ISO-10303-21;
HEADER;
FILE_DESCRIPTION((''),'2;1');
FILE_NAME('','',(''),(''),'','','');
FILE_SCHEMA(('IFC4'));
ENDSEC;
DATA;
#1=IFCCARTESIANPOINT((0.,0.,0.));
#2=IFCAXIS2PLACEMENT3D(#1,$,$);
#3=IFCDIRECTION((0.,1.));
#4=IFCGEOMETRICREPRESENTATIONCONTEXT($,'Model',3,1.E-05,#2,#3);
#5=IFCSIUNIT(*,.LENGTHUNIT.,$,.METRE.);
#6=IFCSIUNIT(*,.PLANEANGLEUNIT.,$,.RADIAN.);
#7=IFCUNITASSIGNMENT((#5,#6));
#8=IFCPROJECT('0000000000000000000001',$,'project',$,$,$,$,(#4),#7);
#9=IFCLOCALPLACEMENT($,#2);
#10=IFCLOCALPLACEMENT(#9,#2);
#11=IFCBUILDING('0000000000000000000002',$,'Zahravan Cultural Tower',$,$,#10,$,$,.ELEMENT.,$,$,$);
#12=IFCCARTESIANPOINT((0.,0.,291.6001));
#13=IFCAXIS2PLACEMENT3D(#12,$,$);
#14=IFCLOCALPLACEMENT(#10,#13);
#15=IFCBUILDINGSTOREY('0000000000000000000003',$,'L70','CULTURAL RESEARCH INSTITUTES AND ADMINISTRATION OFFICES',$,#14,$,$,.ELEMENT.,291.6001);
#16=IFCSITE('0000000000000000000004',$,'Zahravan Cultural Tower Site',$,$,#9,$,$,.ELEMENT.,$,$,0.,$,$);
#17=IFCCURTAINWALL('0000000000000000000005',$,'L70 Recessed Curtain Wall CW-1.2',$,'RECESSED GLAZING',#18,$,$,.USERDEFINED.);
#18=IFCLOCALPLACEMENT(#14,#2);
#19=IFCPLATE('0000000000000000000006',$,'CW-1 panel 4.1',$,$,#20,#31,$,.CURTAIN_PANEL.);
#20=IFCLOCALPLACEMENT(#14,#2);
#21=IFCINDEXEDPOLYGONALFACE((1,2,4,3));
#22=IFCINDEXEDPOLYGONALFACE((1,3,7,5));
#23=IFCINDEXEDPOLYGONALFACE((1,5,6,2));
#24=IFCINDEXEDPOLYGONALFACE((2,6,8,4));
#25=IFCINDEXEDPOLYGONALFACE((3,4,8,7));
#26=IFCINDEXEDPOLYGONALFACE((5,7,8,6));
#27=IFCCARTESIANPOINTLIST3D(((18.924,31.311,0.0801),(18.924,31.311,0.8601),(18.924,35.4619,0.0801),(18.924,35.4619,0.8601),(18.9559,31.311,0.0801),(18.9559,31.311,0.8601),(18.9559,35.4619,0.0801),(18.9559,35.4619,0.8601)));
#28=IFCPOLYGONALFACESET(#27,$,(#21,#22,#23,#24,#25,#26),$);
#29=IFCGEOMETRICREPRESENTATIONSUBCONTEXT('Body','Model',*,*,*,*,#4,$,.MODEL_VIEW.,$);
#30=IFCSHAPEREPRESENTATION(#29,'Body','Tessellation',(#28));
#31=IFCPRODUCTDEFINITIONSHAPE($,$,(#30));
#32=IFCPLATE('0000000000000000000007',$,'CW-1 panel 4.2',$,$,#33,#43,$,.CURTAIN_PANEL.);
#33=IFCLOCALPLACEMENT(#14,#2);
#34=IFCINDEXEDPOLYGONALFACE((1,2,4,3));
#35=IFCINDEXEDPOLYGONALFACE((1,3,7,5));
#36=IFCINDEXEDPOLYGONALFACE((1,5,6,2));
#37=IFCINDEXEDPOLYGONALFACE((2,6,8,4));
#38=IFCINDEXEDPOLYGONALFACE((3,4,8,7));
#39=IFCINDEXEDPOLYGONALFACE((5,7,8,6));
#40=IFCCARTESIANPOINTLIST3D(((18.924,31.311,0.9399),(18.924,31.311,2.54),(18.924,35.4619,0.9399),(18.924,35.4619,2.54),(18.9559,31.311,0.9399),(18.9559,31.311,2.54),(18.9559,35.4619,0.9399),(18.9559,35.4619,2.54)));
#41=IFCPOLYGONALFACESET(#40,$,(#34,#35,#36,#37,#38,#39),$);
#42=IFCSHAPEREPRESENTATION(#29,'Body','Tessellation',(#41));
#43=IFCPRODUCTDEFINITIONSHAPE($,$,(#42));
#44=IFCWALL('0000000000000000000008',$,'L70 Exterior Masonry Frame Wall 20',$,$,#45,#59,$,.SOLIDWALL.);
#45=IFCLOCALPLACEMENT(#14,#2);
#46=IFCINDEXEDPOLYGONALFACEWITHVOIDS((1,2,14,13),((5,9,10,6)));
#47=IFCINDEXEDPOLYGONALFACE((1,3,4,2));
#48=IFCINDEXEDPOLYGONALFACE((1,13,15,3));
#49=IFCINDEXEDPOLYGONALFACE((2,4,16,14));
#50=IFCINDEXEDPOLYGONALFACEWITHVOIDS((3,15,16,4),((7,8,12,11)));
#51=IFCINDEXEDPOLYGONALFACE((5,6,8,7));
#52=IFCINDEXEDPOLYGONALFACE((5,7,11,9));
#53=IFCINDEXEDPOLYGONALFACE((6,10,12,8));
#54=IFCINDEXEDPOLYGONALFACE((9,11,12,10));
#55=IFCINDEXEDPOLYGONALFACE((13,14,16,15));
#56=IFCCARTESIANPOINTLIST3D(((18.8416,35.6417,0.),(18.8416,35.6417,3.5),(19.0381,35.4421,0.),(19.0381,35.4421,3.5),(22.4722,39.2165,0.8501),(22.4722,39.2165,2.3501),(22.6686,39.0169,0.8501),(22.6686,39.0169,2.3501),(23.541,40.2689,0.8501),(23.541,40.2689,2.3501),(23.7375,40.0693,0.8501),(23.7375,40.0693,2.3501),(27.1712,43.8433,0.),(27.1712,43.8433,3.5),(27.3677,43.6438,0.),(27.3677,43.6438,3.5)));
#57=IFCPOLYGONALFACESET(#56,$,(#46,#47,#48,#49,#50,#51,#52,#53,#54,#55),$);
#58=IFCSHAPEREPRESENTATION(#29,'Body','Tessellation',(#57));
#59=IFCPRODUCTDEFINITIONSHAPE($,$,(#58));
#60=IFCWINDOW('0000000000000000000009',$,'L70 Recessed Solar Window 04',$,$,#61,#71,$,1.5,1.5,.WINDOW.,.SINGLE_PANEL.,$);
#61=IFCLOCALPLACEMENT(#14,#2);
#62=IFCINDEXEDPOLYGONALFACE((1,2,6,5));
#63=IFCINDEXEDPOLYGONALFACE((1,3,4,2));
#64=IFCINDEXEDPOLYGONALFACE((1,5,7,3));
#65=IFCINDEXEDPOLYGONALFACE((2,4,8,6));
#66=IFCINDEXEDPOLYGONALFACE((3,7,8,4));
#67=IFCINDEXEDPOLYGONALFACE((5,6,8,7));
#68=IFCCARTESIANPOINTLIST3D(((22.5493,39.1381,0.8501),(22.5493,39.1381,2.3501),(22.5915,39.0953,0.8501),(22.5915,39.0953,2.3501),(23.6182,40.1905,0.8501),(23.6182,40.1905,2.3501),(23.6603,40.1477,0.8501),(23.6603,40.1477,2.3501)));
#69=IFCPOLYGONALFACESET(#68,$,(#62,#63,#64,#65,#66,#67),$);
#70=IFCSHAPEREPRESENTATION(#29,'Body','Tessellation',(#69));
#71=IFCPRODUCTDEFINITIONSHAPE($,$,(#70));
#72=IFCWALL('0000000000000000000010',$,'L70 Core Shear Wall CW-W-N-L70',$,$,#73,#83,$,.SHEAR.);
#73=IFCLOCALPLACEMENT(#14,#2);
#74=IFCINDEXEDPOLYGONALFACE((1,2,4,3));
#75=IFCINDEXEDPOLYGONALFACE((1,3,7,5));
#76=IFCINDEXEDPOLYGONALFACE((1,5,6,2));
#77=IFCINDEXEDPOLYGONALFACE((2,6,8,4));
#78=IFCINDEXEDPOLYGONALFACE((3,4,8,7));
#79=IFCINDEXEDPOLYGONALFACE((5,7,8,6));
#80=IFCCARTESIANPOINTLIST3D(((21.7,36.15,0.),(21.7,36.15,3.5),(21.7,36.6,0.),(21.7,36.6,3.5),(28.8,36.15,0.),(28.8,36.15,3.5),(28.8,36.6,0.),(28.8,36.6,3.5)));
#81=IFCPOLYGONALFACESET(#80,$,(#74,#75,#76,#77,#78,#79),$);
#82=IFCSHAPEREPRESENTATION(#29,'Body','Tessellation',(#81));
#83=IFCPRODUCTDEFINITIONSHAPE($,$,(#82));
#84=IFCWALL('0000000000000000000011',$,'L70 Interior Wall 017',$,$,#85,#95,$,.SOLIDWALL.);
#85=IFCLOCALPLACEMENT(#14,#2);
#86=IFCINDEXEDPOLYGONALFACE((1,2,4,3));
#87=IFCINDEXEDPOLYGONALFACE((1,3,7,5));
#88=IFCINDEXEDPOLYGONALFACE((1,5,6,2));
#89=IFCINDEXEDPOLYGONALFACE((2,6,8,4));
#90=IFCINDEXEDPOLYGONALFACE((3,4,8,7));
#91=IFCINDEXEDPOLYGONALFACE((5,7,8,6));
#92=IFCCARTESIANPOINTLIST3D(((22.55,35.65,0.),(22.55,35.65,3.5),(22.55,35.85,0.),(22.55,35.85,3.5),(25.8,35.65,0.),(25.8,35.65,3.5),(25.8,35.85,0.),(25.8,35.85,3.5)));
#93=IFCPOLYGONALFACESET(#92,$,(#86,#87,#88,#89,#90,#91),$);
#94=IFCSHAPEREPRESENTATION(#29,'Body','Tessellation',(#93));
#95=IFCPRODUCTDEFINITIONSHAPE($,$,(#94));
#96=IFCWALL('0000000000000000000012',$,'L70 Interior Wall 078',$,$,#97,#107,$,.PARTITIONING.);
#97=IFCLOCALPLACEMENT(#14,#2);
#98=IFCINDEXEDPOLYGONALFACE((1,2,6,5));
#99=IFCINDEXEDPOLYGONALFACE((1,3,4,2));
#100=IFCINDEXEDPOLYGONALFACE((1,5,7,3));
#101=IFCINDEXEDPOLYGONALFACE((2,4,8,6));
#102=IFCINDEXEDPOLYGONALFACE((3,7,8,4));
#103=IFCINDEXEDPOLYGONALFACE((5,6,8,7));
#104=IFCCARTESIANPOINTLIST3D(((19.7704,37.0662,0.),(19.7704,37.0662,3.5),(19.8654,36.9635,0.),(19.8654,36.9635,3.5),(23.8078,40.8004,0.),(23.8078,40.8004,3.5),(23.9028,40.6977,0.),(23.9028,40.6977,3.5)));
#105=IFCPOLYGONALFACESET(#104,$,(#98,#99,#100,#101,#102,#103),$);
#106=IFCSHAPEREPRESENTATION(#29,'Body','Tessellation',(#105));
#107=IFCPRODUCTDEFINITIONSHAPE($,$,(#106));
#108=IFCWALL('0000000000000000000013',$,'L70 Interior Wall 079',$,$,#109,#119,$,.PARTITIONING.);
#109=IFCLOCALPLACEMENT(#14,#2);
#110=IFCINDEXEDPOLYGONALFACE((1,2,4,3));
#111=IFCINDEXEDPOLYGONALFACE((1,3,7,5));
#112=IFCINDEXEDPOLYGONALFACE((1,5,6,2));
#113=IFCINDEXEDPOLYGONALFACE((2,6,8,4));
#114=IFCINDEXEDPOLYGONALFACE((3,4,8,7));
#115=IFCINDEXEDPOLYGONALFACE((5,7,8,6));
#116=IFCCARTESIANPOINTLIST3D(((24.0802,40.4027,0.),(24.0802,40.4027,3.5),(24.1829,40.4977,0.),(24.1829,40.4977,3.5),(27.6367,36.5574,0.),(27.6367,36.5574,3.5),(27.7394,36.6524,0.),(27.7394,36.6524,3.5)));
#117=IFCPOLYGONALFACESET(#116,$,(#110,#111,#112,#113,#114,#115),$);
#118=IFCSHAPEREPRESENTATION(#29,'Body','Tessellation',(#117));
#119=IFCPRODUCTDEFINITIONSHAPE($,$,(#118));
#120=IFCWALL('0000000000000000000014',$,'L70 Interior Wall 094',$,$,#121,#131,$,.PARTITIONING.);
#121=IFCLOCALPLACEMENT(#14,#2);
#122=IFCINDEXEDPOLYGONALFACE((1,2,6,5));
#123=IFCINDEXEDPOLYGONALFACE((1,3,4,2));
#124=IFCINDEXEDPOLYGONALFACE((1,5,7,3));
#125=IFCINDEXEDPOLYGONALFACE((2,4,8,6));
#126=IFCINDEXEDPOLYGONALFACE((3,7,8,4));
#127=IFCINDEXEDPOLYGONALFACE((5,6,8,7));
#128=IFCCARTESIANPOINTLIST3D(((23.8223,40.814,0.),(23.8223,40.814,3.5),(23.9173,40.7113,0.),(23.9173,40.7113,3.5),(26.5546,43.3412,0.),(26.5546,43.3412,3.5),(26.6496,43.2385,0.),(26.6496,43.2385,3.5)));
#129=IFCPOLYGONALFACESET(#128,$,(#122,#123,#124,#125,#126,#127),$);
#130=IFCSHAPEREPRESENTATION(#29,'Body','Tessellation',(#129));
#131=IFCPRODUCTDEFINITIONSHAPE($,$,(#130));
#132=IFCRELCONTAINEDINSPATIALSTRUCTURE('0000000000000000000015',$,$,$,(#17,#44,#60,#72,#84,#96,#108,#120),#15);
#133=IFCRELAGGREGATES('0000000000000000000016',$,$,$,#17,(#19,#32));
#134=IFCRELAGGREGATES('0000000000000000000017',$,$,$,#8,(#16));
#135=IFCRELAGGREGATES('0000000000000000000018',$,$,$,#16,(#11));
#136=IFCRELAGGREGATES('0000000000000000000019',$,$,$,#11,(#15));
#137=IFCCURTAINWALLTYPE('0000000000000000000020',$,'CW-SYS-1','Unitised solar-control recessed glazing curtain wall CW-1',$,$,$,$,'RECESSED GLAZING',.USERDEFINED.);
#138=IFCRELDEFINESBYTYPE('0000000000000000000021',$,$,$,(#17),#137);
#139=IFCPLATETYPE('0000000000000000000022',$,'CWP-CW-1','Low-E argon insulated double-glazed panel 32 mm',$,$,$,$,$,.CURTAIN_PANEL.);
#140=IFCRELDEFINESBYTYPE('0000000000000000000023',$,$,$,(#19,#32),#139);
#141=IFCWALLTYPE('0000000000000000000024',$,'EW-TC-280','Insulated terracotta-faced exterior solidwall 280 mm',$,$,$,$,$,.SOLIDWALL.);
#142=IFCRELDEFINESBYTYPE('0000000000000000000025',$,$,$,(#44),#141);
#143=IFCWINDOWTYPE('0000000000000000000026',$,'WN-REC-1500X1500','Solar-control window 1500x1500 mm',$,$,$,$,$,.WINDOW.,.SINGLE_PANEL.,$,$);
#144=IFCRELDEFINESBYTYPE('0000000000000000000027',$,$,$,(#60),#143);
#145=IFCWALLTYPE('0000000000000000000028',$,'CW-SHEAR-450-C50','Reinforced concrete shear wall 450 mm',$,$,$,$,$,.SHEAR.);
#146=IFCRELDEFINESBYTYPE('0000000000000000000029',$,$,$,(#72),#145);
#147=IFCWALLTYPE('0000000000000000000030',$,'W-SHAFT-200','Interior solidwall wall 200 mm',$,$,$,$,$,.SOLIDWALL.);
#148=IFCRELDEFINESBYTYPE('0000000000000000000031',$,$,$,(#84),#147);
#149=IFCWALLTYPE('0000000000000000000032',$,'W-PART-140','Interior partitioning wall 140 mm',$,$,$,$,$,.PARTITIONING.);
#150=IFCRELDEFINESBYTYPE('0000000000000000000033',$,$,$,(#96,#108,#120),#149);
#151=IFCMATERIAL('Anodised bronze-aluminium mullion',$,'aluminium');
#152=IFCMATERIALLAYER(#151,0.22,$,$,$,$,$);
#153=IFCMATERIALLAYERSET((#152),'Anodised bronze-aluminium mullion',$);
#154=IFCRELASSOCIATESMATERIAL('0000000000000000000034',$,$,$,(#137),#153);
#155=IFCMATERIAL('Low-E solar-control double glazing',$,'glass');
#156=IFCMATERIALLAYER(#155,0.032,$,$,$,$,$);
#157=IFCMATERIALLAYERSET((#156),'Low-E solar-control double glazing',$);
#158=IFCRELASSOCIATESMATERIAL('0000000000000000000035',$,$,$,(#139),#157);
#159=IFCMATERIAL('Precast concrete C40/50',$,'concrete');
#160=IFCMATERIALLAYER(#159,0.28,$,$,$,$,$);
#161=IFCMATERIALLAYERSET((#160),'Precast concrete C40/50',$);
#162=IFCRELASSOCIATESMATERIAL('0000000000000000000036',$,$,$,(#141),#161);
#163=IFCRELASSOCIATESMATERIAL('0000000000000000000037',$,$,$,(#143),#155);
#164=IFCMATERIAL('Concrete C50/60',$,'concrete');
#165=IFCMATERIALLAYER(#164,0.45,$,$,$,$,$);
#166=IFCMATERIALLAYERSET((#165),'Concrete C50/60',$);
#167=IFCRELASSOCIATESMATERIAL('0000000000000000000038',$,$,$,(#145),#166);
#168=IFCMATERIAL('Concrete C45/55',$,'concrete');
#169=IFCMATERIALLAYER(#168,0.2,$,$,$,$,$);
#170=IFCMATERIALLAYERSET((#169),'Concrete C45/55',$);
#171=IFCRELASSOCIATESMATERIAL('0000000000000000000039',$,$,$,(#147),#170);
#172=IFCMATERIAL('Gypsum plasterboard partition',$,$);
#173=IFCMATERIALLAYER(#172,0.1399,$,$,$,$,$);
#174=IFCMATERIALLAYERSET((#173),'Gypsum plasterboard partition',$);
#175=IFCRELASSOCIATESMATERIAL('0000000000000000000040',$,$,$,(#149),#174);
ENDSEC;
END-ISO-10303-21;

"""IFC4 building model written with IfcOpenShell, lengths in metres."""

from ifc_helpers import new_model, si_unit, direction, frame, frame_2d, origin, origin_2d, place, context, subcontext, project, spatial, rectangle, extrude, source, transform, mapped, material, layer, layer_set, type_object, element, fill, aggregate, save


model = new_model("IFC4")

# Units and contexts
model_context = context("Model", 3, precision=1e-05, world=origin(), true_north=direction((0.0, 1.0)))
body_context = subcontext(model_context, "Body", "Model", "MODEL_VIEW")
ifc_project = project(units=[si_unit("LENGTHUNIT", "METRE"), si_unit("PLANEANGLEUNIT", "RADIAN")], contexts=[model_context])

# Site, building, storey
site_placement = place(None, origin())
site = spatial("IfcSite", under=ifc_project, at=site_placement, Name="Zahravan Cultural Tower Site", CompositionType="ELEMENT", RefElevation=0.0)
building_placement = place(site_placement, origin())
building = spatial("IfcBuilding", under=site, at=building_placement, Name="Zahravan Cultural Tower", CompositionType="ELEMENT")
storey_placement = place(building_placement, frame((0.0, 0.0, 291.6001)))
storey = spatial("IfcBuildingStorey", under=building, at=storey_placement, Name="L70", Description="CULTURAL RESEARCH INSTITUTES AND ADMINISTRATION OFFICES", CompositionType="ELEMENT", Elevation=291.6001)

# Shared definitions
ifc_material_1 = material(Name="Concrete C50/60", Category="concrete")

# Curtain wall, plates
ifc_material_2 = material(Name="Anodised bronze-aluminium mullion", Category="aluminium")
ifc_layer_1 = layer(ifc_material_2, 0.22)
ifc_layer_set_1 = layer_set([ifc_layer_1], Name="Anodised bronze-aluminium mullion")
curtain_wall_type = type_object("IfcCurtainWallType", Name="CW-SYS-1", Description="Unitised solar-control recessed glazing curtain wall CW-1", ElementType="RECESSED GLAZING", PredefinedType="USERDEFINED", material=ifc_layer_set_1)
curtain_wall_placement = place(storey_placement, origin())
curtain_wall = element("IfcCurtainWall", 1, at=curtain_wall_placement, inside=storey, type_object=curtain_wall_type, Name="L70 Recessed Curtain Wall CW-1.2", ObjectType="RECESSED GLAZING", PredefinedType="USERDEFINED")
ifc_material_3 = material(Name="Low-E solar-control double glazing", Category="glass")
ifc_layer_2 = layer(ifc_material_3, 0.032)
ifc_layer_set_2 = layer_set([ifc_layer_2], Name="Low-E solar-control double glazing")
plate_type = type_object("IfcPlateType", Name="CWP-CW-1", Description="Low-E argon insulated double-glazed panel 32 mm", PredefinedType="CURTAIN_PANEL", material=ifc_layer_set_2)
shared_shape_1 = source(origin(), body_context, "Body", "SweptSolid", [
    extrude(rectangle(XDim=4.1509, YDim=0.032, at=origin_2d()), origin(), (0.0, 0.0, 1.0), 0.78),
])
plate_1_placement = place(storey_placement, frame((18.9399, 33.3865, 0.0801), z_axis=(0.0, 0.0, 1.0), x_axis=(0.0, 1.0, 0.0)))
plate_1 = element("IfcPlate", 2, at=plate_1_placement, type_object=plate_type, Name="CW-1 panel 4.1", PredefinedType="CURTAIN_PANEL", context=body_context, shape_type="MappedRepresentation", body=[
    mapped(shared_shape_1, transform((0.0, 0.0, 0.0), x_axis=(1.0, 0.0, 0.0), y_axis=(0.0, 1.0, 0.0), z_axis=(0.0, 0.0, 1.0), scale=1.0)),
])
shared_shape_2 = source(origin(), body_context, "Body", "SweptSolid", [
    extrude(rectangle(XDim=4.1509, YDim=0.032, at=origin_2d()), origin(), (0.0, 0.0, 1.0), 1.6001),
])
plate_2_placement = place(storey_placement, frame((18.9399, 33.3865, 0.9399), z_axis=(0.0, 0.0, 1.0), x_axis=(0.0, 1.0, 0.0)))
plate_2 = element("IfcPlate", 3, at=plate_2_placement, type_object=plate_type, Name="CW-1 panel 4.2", PredefinedType="CURTAIN_PANEL", context=body_context, shape_type="MappedRepresentation", body=[
    mapped(shared_shape_2, transform((0.0, 0.0, 0.0), x_axis=(1.0, 0.0, 0.0), y_axis=(0.0, 1.0, 0.0), z_axis=(0.0, 0.0, 1.0), scale=1.0)),
])
aggregate(curtain_wall, [plate_1, plate_2])

# Wall, opening, window
ifc_material_4 = material(Name="Precast concrete C40/50", Category="concrete")
ifc_layer_3 = layer(ifc_material_4, 0.28)
ifc_layer_set_3 = layer_set([ifc_layer_3], Name="Precast concrete C40/50")
wall_type_1 = type_object("IfcWallType", Name="EW-TC-280", Description="Insulated terracotta-faced exterior solidwall 280 mm", PredefinedType="SOLIDWALL", material=ifc_layer_set_3)
wall_1_placement = place(storey_placement, frame((18.9399, 35.542, 0.0), z_axis=(0.0, 0.0, 1.0), x_axis=(0.712558, 0.701614, 0.0)))
wall_1 = element("IfcWall", 4, at=wall_1_placement, inside=storey, type_object=wall_type_1, Name="L70 Exterior Masonry Frame Wall 20", PredefinedType="SOLIDWALL", context=body_context, shape_type="SweptSolid", body=[
    extrude(rectangle(XDim=11.6897, YDim=0.28, at=frame_2d((5.8447, 0.0))), origin(), (0.0, 0.0, 1.0), 3.5),
])
opening_placement = place(wall_1_placement, frame((5.095, 0.0, 0.8501)))
opening = element("IfcOpeningElement", 5, at=opening_placement, cuts=wall_1, PredefinedType="OPENING", context=body_context, shape_type="SweptSolid", body=[
    extrude(rectangle(XDim=1.5, YDim=1.5, at=frame_2d((0.75, 0.75))), frame((0.0, 0.1499, 0.0), z_axis=(0.0, -1.0, 0.0), x_axis=(1.0, 0.0, 0.0)), (0.0, 0.0, 1.0), 0.3),
])
window_type = type_object("IfcWindowType", Name="WN-REC-1500X1500", Description="Solar-control window 1500x1500 mm", PartitioningType="SINGLE_PANEL", PredefinedType="WINDOW", material=ifc_material_3)
shared_shape_3 = source(origin(), body_context, "Body", "SweptSolid", [
    extrude(rectangle(XDim=1.5, YDim=1.5, at=frame_2d((0.75, 0.75))), frame((0.0, 0.03, 0.0), z_axis=(0.0, -1.0, 0.0), x_axis=(1.0, 0.0, 0.0)), (0.0, 0.0, 1.0), 0.0601),
])
window_placement = place(opening_placement, origin())
window = element("IfcWindow", 6, at=window_placement, inside=storey, type_object=window_type, Name="L70 Recessed Solar Window 04", OverallHeight=1.5, OverallWidth=1.5, PartitioningType="SINGLE_PANEL", PredefinedType="WINDOW", context=body_context, shape_type="MappedRepresentation", body=[
    mapped(shared_shape_3, transform((0.0, 0.0, 0.0), x_axis=(1.0, 0.0, 0.0), y_axis=(0.0, 1.0, 0.0), z_axis=(0.0, 0.0, 1.0), scale=1.0)),
])
fill(opening, window)

# Walls
ifc_layer_4 = layer(ifc_material_1, 0.45)
ifc_layer_set_4 = layer_set([ifc_layer_4], Name="Concrete C50/60")
wall_type_2 = type_object("IfcWallType", Name="CW-SHEAR-450-C50", Description="Reinforced concrete shear wall 450 mm", PredefinedType="SHEAR", material=ifc_layer_set_4)
shared_shape_4 = source(origin(), body_context, "Body", "SweptSolid", [
    extrude(rectangle(XDim=7.1001, YDim=0.45, at=frame_2d((3.55, 0.0))), origin(), (0.0, 0.0, 1.0), 3.5),
])
wall_2_placement = place(storey_placement, frame((21.7, 36.375, 0.0), z_axis=(0.0, 0.0, 1.0), x_axis=(1.0, 0.0, 0.0)))
element("IfcWall", 7, at=wall_2_placement, inside=storey, type_object=wall_type_2, Name="L70 Core Shear Wall CW-W-N-L70", PredefinedType="SHEAR", context=body_context, shape_type="MappedRepresentation", body=[
    mapped(shared_shape_4, transform((0.0, 0.0, 0.0), x_axis=(1.0, 0.0, 0.0), y_axis=(0.0, 1.0, 0.0), z_axis=(0.0, 0.0, 1.0), scale=1.0)),
])
ifc_material_5 = material(Name="Concrete C45/55", Category="concrete")
ifc_layer_5 = layer(ifc_material_5, 0.2)
ifc_layer_set_5 = layer_set([ifc_layer_5], Name="Concrete C45/55")
wall_type_3 = type_object("IfcWallType", Name="W-SHAFT-200", Description="Interior solidwall wall 200 mm", PredefinedType="SOLIDWALL", material=ifc_layer_set_5)
shared_shape_5 = source(origin(), body_context, "Body", "SweptSolid", [
    extrude(rectangle(XDim=3.25, YDim=0.2, at=frame_2d((1.625, 0.0))), origin(), (0.0, 0.0, 1.0), 3.5),
])
wall_3_placement = place(storey_placement, frame((22.55, 35.75, 0.0), z_axis=(0.0, 0.0, 1.0), x_axis=(1.0, 0.0, 0.0)))
element("IfcWall", 8, at=wall_3_placement, inside=storey, type_object=wall_type_3, Name="L70 Interior Wall 017", PredefinedType="SOLIDWALL", context=body_context, shape_type="MappedRepresentation", body=[
    mapped(shared_shape_5, transform((0.0, 0.0, 0.0), x_axis=(1.0, 0.0, 0.0), y_axis=(0.0, 1.0, 0.0), z_axis=(0.0, 0.0, 1.0), scale=1.0)),
])
ifc_material_6 = material(Name="Gypsum plasterboard partition")
ifc_layer_6 = layer(ifc_material_6, 0.1399)
ifc_layer_set_6 = layer_set([ifc_layer_6], Name="Gypsum plasterboard partition")
wall_type_4 = type_object("IfcWallType", Name="W-PART-140", Description="Interior partitioning wall 140 mm", PredefinedType="PARTITIONING", material=ifc_layer_set_6)
shared_shape_6 = source(origin(), body_context, "Body", "SweptSolid", [
    extrude(rectangle(XDim=5.4995, YDim=0.1399, at=frame_2d((2.7498, 0.0))), origin(), (0.0, 0.0, 1.0), 3.5),
])
wall_4_placement = place(storey_placement, frame((19.8179, 37.0149, 0.0), z_axis=(0.0, 0.0, 1.0), x_axis=(0.734138, 0.679001, 0.0)))
element("IfcWall", 9, at=wall_4_placement, inside=storey, type_object=wall_type_4, Name="L70 Interior Wall 078", PredefinedType="PARTITIONING", context=body_context, shape_type="MappedRepresentation", body=[
    mapped(shared_shape_6, transform((0.0, 0.0, 0.0), x_axis=(1.0, 0.0, 0.0), y_axis=(0.0, 1.0, 0.0), z_axis=(0.0, 0.0, 1.0), scale=1.0)),
])
shared_shape_7 = source(origin(), body_context, "Body", "SweptSolid", [
    extrude(rectangle(XDim=5.2378, YDim=0.1399, at=frame_2d((2.6189, 0.0))), origin(), (0.0, 0.0, 1.0), 3.5),
])
wall_5_placement = place(storey_placement, frame((24.1316, 40.4502, 0.0), z_axis=(0.0, 0.0, 1.0), x_axis=(0.678998, -0.73414, 0.0)))
element("IfcWall", 10, at=wall_5_placement, inside=storey, type_object=wall_type_4, Name="L70 Interior Wall 079", PredefinedType="PARTITIONING", context=body_context, shape_type="MappedRepresentation", body=[
    mapped(shared_shape_7, transform((0.0, 0.0, 0.0), x_axis=(1.0, 0.0, 0.0), y_axis=(0.0, 1.0, 0.0), z_axis=(0.0, 0.0, 1.0), scale=1.0)),
])
shared_shape_8 = source(origin(), body_context, "Body", "SweptSolid", [
    extrude(rectangle(XDim=3.7219, YDim=0.1399, at=frame_2d((1.8608, 0.0))), origin(), (0.0, 0.0, 1.0), 3.5),
])
wall_6_placement = place(storey_placement, frame((23.8699, 40.7627, 0.0), z_axis=(0.0, 0.0, 1.0), x_axis=(0.734119, 0.679021, 0.0)))
element("IfcWall", 11, at=wall_6_placement, inside=storey, type_object=wall_type_4, Name="L70 Interior Wall 094", PredefinedType="PARTITIONING", context=body_context, shape_type="MappedRepresentation", body=[
    mapped(shared_shape_8, transform((0.0, 0.0, 0.0), x_axis=(1.0, 0.0, 0.0), y_axis=(0.0, 1.0, 0.0), z_axis=(0.0, 0.0, 1.0), scale=1.0)),
])

save(model, "model.ifc")
